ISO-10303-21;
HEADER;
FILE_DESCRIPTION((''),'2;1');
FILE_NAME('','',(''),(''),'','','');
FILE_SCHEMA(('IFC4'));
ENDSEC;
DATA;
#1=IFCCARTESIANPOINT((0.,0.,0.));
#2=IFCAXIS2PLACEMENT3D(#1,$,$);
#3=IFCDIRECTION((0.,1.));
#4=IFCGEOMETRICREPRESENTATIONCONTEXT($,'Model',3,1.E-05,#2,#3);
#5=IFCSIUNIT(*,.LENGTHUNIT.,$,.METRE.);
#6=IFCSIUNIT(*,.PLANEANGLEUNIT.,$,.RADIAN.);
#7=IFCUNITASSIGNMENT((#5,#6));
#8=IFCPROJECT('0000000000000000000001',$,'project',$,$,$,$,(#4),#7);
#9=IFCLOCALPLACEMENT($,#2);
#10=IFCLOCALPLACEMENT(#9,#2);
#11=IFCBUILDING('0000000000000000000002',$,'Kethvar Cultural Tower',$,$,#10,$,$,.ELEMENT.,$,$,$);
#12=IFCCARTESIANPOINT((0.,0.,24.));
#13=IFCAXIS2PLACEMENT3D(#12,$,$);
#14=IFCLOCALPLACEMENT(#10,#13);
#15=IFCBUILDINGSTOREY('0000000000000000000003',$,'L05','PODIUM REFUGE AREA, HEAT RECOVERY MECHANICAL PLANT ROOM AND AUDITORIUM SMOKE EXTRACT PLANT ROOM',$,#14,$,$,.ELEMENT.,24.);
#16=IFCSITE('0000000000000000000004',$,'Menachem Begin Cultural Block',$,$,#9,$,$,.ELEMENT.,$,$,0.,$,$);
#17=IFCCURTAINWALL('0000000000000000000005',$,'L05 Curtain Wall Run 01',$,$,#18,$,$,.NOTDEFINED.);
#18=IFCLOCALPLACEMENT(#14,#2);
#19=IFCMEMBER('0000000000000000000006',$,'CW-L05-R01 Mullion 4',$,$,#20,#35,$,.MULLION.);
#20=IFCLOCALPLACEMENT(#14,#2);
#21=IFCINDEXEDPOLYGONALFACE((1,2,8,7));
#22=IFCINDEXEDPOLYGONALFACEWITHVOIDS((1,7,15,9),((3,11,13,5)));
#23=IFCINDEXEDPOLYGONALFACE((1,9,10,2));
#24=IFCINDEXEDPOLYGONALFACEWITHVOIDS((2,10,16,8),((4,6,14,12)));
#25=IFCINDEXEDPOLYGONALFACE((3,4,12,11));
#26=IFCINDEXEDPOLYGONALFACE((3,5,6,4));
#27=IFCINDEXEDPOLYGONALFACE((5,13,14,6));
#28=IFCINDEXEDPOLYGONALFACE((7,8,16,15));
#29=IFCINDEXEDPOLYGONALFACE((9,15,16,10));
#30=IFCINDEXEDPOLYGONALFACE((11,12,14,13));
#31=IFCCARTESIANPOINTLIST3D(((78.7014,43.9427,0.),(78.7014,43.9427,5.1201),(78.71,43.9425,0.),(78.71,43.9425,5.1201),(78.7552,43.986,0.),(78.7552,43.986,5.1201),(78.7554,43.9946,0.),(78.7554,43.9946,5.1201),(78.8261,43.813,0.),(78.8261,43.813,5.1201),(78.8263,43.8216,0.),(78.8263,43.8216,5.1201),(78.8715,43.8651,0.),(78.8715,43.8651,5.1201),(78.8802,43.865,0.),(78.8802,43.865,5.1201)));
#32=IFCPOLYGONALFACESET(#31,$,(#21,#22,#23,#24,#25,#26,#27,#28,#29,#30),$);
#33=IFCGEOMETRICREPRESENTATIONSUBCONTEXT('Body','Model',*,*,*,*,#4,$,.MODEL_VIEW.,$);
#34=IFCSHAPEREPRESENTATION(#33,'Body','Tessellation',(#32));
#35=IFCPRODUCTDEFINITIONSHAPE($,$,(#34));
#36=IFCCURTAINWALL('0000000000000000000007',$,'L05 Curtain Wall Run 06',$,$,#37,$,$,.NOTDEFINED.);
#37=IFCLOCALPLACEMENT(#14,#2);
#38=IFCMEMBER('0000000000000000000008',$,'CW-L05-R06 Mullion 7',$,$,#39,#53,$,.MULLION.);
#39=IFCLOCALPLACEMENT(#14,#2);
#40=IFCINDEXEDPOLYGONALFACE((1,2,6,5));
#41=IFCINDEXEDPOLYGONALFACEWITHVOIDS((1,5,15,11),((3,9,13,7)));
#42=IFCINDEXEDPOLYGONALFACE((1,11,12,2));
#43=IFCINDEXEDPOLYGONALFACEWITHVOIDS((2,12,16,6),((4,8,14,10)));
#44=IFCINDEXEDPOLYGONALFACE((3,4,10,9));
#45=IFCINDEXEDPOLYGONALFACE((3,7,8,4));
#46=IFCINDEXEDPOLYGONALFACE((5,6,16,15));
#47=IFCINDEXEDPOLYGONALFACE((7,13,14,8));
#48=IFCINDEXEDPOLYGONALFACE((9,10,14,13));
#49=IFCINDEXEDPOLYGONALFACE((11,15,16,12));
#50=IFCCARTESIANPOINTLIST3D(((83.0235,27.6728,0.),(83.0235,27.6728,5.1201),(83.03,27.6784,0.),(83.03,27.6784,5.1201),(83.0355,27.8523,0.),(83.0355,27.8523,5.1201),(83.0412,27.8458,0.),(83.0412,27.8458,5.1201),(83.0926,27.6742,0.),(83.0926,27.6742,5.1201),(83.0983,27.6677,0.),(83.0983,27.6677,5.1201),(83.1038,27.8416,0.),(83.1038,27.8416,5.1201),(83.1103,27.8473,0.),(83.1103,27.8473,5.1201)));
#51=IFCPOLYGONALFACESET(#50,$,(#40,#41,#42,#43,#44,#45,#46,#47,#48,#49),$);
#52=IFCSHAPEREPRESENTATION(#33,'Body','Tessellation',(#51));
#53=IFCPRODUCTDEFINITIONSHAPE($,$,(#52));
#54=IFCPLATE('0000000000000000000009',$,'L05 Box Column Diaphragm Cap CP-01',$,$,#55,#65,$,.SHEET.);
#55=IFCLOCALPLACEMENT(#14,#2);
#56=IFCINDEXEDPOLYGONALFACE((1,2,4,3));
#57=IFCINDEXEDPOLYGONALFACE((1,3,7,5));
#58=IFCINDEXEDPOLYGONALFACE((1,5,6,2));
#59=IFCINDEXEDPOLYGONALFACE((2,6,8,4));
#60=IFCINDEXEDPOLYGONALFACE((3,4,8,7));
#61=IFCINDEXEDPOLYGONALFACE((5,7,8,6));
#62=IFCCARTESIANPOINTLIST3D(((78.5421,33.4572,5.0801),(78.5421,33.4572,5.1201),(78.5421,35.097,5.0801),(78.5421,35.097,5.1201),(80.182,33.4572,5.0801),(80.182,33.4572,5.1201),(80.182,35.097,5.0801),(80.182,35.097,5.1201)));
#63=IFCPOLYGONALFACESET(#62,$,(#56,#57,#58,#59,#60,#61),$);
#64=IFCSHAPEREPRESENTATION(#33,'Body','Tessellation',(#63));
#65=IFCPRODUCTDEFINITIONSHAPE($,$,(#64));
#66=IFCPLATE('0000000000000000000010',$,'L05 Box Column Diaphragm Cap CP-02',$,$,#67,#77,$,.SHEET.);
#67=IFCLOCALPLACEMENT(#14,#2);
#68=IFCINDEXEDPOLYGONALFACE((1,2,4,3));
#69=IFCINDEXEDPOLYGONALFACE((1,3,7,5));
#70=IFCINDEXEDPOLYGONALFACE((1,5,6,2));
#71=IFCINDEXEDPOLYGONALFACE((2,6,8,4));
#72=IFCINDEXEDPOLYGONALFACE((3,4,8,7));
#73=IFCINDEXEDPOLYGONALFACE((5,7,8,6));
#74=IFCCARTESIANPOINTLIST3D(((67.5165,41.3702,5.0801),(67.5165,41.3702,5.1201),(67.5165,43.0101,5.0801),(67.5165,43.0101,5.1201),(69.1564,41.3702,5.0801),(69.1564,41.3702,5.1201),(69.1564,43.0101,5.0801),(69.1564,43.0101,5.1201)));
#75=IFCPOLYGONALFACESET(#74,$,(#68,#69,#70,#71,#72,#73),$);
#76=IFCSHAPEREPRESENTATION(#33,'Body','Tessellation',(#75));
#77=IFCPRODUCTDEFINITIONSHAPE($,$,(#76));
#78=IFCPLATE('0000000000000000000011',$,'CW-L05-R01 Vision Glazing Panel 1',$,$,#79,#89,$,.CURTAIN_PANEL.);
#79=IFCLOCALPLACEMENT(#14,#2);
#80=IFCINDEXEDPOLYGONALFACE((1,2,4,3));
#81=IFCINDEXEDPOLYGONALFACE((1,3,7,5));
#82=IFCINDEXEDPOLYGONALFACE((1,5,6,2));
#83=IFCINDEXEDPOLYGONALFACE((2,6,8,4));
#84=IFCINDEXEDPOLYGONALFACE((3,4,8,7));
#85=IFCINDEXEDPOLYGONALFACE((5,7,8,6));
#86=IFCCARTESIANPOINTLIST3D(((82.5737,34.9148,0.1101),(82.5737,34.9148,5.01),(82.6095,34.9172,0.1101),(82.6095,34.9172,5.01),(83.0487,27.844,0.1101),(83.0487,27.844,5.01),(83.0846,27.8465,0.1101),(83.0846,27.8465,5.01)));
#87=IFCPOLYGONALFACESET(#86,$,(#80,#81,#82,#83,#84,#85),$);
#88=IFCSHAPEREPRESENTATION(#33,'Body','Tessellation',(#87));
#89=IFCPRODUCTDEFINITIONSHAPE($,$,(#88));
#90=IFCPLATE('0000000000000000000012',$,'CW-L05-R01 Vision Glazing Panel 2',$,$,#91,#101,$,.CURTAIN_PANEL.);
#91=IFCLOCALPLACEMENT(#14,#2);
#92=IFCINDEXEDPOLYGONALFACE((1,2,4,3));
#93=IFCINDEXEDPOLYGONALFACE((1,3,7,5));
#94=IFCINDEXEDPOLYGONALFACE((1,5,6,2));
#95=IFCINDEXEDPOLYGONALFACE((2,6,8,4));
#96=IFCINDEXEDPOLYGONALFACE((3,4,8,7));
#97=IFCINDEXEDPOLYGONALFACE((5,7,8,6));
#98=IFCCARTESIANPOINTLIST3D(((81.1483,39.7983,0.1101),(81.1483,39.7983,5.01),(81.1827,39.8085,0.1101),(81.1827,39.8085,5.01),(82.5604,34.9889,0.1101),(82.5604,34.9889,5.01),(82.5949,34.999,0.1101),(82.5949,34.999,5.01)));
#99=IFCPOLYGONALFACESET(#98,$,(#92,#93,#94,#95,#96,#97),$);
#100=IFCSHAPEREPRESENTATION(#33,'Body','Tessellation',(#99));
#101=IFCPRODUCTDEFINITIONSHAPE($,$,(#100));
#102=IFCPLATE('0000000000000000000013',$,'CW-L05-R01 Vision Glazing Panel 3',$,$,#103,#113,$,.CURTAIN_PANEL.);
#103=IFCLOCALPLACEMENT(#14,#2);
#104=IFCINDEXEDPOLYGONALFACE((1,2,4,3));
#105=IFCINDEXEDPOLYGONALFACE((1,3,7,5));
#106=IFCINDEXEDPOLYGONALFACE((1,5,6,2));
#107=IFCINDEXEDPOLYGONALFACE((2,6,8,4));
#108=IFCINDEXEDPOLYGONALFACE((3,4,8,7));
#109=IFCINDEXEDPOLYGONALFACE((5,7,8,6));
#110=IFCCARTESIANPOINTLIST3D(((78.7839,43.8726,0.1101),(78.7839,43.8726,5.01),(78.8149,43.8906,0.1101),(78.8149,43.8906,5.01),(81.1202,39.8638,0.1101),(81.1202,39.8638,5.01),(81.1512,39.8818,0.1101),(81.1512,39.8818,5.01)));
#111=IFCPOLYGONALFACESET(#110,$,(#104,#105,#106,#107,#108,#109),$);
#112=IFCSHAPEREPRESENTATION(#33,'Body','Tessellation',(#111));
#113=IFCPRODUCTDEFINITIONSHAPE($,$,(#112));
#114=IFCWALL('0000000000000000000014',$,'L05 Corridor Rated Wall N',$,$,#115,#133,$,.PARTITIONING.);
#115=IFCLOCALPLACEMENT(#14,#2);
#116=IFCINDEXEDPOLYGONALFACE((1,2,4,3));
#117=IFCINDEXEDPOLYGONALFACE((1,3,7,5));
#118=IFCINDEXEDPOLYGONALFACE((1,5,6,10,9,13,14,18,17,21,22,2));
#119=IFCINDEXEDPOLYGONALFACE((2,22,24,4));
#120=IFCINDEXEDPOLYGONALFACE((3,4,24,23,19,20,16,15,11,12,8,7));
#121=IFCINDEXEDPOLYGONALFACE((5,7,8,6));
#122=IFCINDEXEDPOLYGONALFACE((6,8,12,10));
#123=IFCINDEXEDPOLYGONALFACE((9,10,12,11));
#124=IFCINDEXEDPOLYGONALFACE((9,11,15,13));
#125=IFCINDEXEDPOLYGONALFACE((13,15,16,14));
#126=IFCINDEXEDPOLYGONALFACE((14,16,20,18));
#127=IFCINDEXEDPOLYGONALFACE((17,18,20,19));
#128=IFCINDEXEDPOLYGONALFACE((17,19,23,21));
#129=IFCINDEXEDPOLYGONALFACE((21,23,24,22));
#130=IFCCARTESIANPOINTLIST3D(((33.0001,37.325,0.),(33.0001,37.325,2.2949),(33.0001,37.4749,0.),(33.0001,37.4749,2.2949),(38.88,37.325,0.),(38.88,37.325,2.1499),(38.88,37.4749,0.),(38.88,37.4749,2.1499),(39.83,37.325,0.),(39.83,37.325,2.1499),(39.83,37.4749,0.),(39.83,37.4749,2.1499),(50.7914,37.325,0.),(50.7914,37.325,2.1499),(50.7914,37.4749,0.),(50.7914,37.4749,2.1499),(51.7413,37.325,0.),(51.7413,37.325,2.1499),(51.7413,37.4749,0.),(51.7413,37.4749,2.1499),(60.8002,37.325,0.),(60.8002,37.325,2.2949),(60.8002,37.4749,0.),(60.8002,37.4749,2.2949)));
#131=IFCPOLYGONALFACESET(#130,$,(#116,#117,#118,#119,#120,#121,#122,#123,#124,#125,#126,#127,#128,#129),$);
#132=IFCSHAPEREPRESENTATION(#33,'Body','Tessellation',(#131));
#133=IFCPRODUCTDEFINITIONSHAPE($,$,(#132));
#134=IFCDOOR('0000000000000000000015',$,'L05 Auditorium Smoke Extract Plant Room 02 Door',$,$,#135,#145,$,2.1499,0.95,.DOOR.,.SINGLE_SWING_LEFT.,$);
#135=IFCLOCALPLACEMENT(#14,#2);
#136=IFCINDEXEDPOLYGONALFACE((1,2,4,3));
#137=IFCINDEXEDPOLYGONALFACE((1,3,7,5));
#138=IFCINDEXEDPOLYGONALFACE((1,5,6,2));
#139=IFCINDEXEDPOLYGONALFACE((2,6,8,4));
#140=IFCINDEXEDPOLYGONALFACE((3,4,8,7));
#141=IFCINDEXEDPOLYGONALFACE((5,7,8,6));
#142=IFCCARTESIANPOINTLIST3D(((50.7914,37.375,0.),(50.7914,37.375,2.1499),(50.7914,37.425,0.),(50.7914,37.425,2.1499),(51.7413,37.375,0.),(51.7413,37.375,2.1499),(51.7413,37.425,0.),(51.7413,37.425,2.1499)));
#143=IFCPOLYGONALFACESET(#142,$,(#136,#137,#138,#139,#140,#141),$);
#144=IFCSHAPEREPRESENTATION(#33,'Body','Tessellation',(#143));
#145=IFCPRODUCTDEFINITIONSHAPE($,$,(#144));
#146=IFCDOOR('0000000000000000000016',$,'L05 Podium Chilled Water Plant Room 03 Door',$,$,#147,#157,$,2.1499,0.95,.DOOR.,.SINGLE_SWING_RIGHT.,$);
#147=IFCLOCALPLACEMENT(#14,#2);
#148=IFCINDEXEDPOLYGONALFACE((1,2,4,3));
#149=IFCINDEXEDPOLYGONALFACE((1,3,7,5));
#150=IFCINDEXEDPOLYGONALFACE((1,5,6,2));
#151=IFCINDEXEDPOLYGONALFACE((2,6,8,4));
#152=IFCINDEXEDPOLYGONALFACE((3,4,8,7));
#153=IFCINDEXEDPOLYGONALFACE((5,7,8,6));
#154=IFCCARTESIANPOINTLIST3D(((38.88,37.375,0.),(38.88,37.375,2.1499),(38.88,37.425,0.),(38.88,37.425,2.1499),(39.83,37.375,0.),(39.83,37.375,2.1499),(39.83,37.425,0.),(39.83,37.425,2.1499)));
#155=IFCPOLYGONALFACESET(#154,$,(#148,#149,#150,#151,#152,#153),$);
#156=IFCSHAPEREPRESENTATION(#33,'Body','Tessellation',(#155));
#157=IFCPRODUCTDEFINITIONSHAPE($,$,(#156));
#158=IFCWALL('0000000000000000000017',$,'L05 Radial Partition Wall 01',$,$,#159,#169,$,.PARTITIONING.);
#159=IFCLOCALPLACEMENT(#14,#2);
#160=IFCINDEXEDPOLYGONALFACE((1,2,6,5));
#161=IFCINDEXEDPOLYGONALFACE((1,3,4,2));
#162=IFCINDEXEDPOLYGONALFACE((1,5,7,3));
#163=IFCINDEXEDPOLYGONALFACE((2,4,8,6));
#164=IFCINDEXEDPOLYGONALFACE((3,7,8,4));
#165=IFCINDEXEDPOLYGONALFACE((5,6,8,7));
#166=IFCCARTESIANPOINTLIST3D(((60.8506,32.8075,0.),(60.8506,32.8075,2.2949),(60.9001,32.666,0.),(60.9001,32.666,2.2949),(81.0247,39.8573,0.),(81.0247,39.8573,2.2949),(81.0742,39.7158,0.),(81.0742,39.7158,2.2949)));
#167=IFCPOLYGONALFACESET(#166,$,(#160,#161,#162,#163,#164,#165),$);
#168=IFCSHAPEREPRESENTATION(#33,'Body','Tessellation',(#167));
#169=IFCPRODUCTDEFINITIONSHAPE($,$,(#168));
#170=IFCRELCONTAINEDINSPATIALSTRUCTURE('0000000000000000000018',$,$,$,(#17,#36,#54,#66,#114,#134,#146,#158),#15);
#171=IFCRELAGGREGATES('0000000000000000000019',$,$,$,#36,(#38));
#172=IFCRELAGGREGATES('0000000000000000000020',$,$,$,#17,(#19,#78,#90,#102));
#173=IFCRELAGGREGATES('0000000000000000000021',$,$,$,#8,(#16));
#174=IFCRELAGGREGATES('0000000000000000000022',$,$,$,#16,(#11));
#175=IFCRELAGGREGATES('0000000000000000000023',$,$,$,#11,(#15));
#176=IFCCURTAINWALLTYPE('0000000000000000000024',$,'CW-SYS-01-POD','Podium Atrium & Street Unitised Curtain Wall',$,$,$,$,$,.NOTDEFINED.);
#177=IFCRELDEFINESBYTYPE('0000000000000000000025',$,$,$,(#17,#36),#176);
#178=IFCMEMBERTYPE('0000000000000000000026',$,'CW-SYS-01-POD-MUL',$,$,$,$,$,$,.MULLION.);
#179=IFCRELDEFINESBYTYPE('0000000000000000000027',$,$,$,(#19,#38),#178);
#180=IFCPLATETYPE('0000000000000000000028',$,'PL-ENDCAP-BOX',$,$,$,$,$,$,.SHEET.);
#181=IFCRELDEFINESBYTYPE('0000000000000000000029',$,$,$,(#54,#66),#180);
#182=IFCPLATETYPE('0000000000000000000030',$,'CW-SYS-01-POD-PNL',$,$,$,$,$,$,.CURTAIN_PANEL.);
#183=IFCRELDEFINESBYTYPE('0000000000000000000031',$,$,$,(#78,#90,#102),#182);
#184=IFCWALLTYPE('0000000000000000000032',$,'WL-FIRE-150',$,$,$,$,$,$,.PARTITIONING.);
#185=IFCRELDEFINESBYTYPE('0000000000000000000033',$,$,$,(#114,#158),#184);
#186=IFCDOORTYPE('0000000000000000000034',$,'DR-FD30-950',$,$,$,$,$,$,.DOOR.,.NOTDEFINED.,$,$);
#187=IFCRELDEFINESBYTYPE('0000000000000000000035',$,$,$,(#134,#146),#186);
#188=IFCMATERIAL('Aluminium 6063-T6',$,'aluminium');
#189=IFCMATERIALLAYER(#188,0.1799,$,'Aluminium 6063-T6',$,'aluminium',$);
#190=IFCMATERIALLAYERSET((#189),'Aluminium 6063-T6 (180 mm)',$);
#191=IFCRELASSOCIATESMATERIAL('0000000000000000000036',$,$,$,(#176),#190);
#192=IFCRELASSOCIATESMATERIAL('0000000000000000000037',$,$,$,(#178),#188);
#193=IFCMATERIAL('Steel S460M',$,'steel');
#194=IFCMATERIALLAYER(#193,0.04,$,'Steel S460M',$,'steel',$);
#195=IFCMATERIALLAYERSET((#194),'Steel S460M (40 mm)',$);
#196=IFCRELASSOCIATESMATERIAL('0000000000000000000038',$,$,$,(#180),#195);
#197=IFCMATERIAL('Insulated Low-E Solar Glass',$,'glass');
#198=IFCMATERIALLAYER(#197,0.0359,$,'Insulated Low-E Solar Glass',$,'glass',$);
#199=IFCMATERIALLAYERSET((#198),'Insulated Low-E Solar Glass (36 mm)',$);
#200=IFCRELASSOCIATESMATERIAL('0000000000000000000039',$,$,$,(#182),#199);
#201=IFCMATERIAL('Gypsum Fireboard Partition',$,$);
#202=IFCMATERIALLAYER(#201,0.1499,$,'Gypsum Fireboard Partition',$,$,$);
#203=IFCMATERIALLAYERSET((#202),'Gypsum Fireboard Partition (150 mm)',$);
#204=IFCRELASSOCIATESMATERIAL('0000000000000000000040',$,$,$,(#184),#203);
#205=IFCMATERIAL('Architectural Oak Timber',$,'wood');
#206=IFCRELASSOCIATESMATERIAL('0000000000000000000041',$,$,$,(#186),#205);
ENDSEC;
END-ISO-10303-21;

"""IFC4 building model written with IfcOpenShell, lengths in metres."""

from ifc_helpers import new_model, si_unit, direction, frame, frame_2d, origin, origin_2d, place, context, subcontext, project, spatial, rectangle, hollow_rectangle, extrude, source, transform, mapped, material, layer, layer_set, material_profile, profile_set, type_object, element, fill, aggregate, save


model = new_model("IFC4")

# Units and contexts
model_context = context("Model", 3, precision=1e-05, world=origin(), true_north=direction((0.0, 1.0)))
body_context = subcontext(model_context, "Body", "Model", "MODEL_VIEW")
ifc_project = project(units=[si_unit("LENGTHUNIT", "METRE"), si_unit("PLANEANGLEUNIT", "RADIAN")], contexts=[model_context])

# Site, building, storey
site_placement = place(None, origin())
site = spatial("IfcSite", under=ifc_project, at=site_placement, Name="Menachem Begin Cultural Block", CompositionType="ELEMENT", RefElevation=0.0)
building_placement = place(site_placement, origin())
building = spatial("IfcBuilding", under=site, at=building_placement, Name="Kethvar Cultural Tower", CompositionType="ELEMENT")
storey_placement = place(building_placement, frame((0.0, 0.0, 24.0)))
storey = spatial("IfcBuildingStorey", under=building, at=storey_placement, Name="L05", Description="PODIUM REFUGE AREA, HEAT RECOVERY MECHANICAL PLANT ROOM AND AUDITORIUM SMOKE EXTRACT PLANT ROOM", CompositionType="ELEMENT", Elevation=24.0)

# Shared definitions
ifc_material_1 = material(Name="Steel S460M", Category="steel")

# Curtain wall, member
ifc_material_2 = material(Name="Aluminium 6063-T6", Category="aluminium")
ifc_layer_1 = layer(ifc_material_2, 0.1799, Name="Aluminium 6063-T6", Category="aluminium")
ifc_layer_set_1 = layer_set([ifc_layer_1], Name="Aluminium 6063-T6 (180 mm)")
curtain_wall_type = type_object("IfcCurtainWallType", Name="CW-SYS-01-POD", Description="Podium Atrium & Street Unitised Curtain Wall", PredefinedType="NOTDEFINED", material=ifc_layer_set_1)
curtain_wall_1_placement = place(storey_placement, origin())
curtain_wall_1 = element("IfcCurtainWall", 1, at=curtain_wall_1_placement, inside=storey, type_object=curtain_wall_type, Name="L05 Curtain Wall Run 01", PredefinedType="NOTDEFINED")
ifc_material_profile_1 = material_profile(ifc_material_2, hollow_rectangle(XDim=0.075, YDim=0.1799, WallThickness=0.0061, at=origin_2d()), Name="Aluminium 6063-T6 — RHS180x75x6")
ifc_profile_set_1 = profile_set([ifc_material_profile_1], Name="Aluminium 6063-T6 — RHS180x75x6")
member_type_1 = type_object("IfcMemberType", Name="CW-SYS-01-POD-MUL", PredefinedType="MULLION", material=ifc_profile_set_1)
shared_shape_1 = source(origin(), body_context, "Body", "SweptSolid", [
    extrude(hollow_rectangle(XDim=0.075, YDim=0.1799, WallThickness=0.0061, at=origin_2d()), origin(), (0.0, 0.0, 1.0), 5.1201),
])
member_1_placement = place(storey_placement, frame((78.7908, 43.9038, 0.0), z_axis=(0.0, 0.0, 1.0), x_axis=(-0.720612, -0.693339, 0.0)))
member_1 = element("IfcMember", 2, at=member_1_placement, type_object=member_type_1, Name="CW-L05-R01 Mullion 4", PredefinedType="MULLION", context=body_context, shape_type="MappedRepresentation", body=[
    mapped(shared_shape_1, transform((0.0, 0.0, 0.0), scale=1.0)),
])

# Curtain wall, member
curtain_wall_2_placement = place(storey_placement, origin())
curtain_wall_2 = element("IfcCurtainWall", 3, at=curtain_wall_2_placement, inside=storey, type_object=curtain_wall_type, Name="L05 Curtain Wall Run 06", PredefinedType="NOTDEFINED")
member_2_placement = place(storey_placement, frame((83.0669, 27.76, 0.0), z_axis=(0.0, 0.0, 1.0), x_axis=(-0.99775, 0.06704, 0.0)))
member_2 = element("IfcMember", 4, at=member_2_placement, type_object=member_type_1, Name="CW-L05-R06 Mullion 7", PredefinedType="MULLION", context=body_context, shape_type="MappedRepresentation", body=[
    mapped(shared_shape_1, transform((0.0, 0.0, 0.0), scale=1.0)),
])
aggregate(curtain_wall_2, [member_2])

# Plates
ifc_layer_2 = layer(ifc_material_1, 0.04, Name="Steel S460M", Category="steel")
ifc_layer_set_2 = layer_set([ifc_layer_2], Name="Steel S460M (40 mm)")
plate_type_1 = type_object("IfcPlateType", Name="PL-ENDCAP-BOX", PredefinedType="SHEET", material=ifc_layer_set_2)
shared_shape_2 = source(origin(), body_context, "Body", "SweptSolid", [
    extrude(rectangle(XDim=1.6399, YDim=1.6399, at=origin_2d()), origin(), (0.0, 0.0, 1.0), 0.04),
])
for number, where, z_axis, x_axis, name in (
    (5, (79.3621, 34.2771, 5.0801), (0.0, 0.0, 1.0), (1.0, 0.0, 0.0), "L05 Box Column Diaphragm Cap CP-01"),
    (6, (68.3364, 42.1902, 5.0801), (0.0, 0.0, 1.0), (1.0, 0.0, 0.0), "L05 Box Column Diaphragm Cap CP-02"),
):
    element("IfcPlate", number, at=place(storey_placement, frame(where, z_axis=z_axis, x_axis=x_axis)), inside=storey, type_object=plate_type_1, Name=name, PredefinedType="SHEET", context=body_context, shape_type="MappedRepresentation", body=[
        mapped(shared_shape_2, transform((0.0, 0.0, 0.0), scale=1.0)),
    ])

# Plates
ifc_material_3 = material(Name="Insulated Low-E Solar Glass", Category="glass")
ifc_layer_3 = layer(ifc_material_3, 0.0359, Name="Insulated Low-E Solar Glass", Category="glass")
ifc_layer_set_3 = layer_set([ifc_layer_3], Name="Insulated Low-E Solar Glass (36 mm)")
plate_type_2 = type_object("IfcPlateType", Name="CW-SYS-01-POD-PNL", PredefinedType="CURTAIN_PANEL", material=ifc_layer_set_3)
shared_shape_3 = source(origin(), body_context, "Body", "SweptSolid", [
    extrude(rectangle(XDim=7.0867, YDim=0.0359, at=origin_2d()), origin(), (0.0, 0.0, 1.0), 4.8999),
])
plate_1_placement = place(storey_placement, frame((82.8291, 31.3806, 0.1101), z_axis=(0.0, 0.0, 1.0), x_axis=(-0.06704, 0.99775, 0.0)))
plate_1 = element("IfcPlate", 7, at=plate_1_placement, type_object=plate_type_2, Name="CW-L05-R01 Vision Glazing Panel 1", PredefinedType="CURTAIN_PANEL", context=body_context, shape_type="MappedRepresentation", body=[
    mapped(shared_shape_3, transform((0.0, 0.0, 0.0), scale=1.0)),
])
shared_shape_4 = source(origin(), body_context, "Body", "SweptSolid", [
    extrude(rectangle(XDim=5.0125, YDim=0.0359, at=origin_2d()), origin(), (0.0, 0.0, 1.0), 4.8999),
])
plate_2_placement = place(storey_placement, frame((81.8716, 37.3987, 0.1101), z_axis=(0.0, 0.0, 1.0), x_axis=(-0.281722, 0.959496, 0.0)))
plate_2 = element("IfcPlate", 8, at=plate_2_placement, type_object=plate_type_2, Name="CW-L05-R01 Vision Glazing Panel 2", PredefinedType="CURTAIN_PANEL", context=body_context, shape_type="MappedRepresentation", body=[
    mapped(shared_shape_4, transform((0.0, 0.0, 0.0), scale=1.0)),
])
shared_shape_5 = source(origin(), body_context, "Body", "SweptSolid", [
    extrude(rectangle(XDim=4.6399, YDim=0.0359, at=origin_2d()), origin(), (0.0, 0.0, 1.0), 4.8999),
])
plate_3_placement = place(storey_placement, frame((79.9675, 41.8772, 0.1101), z_axis=(0.0, 0.0, 1.0), x_axis=(-0.503518, 0.863985, 0.0)))
plate_3 = element("IfcPlate", 9, at=plate_3_placement, type_object=plate_type_2, Name="CW-L05-R01 Vision Glazing Panel 3", PredefinedType="CURTAIN_PANEL", context=body_context, shape_type="MappedRepresentation", body=[
    mapped(shared_shape_5, transform((0.0, 0.0, 0.0), scale=1.0)),
])
aggregate(curtain_wall_1, [member_1, plate_1, plate_2, plate_3])

# Wall, openings, doors
ifc_material_4 = material(Name="Gypsum Fireboard Partition")
ifc_layer_4 = layer(ifc_material_4, 0.1499, Name="Gypsum Fireboard Partition")
ifc_layer_set_4 = layer_set([ifc_layer_4], Name="Gypsum Fireboard Partition (150 mm)")
wall_type_1 = type_object("IfcWallType", Name="WL-FIRE-150", PredefinedType="PARTITIONING", material=ifc_layer_set_4)
wall_1_placement = place(storey_placement, frame((60.8, 37.3999, 0.0), z_axis=(0.0, 0.0, 1.0), x_axis=(-1.0, 0.0, 0.0)))
wall_1 = element("IfcWall", 10, at=wall_1_placement, inside=storey, type_object=wall_type_1, Name="L05 Corridor Rated Wall N", PredefinedType="PARTITIONING", context=body_context, shape_type="SweptSolid", body=[
    extrude(rectangle(XDim=27.8, YDim=0.1499, at=frame_2d((13.8999, 0.0))), origin(), (0.0, 0.0, 1.0), 2.2949),
])
opening_1_placement = place(wall_1_placement, frame((9.0586, 0.0, 0.0)))
opening_1 = element("IfcOpeningElement", 11, at=opening_1_placement, cuts=wall_1, PredefinedType="OPENING", context=body_context, shape_type="SweptSolid", body=[
    extrude(rectangle(XDim=0.95, YDim=2.1499, at=frame_2d((0.4751, 1.075))), frame((0.0, 0.085, 0.0), z_axis=(0.0, -1.0, 0.0), x_axis=(1.0, 0.0, 0.0)), (0.0, 0.0, 1.0), 0.1699),
])
opening_2_placement = place(wall_1_placement, frame((20.97, 0.0, 0.0)))
opening_2 = element("IfcOpeningElement", 12, at=opening_2_placement, cuts=wall_1, PredefinedType="OPENING", context=body_context, shape_type="SweptSolid", body=[
    extrude(rectangle(XDim=0.95, YDim=2.1499, at=frame_2d((0.4751, 1.075))), frame((0.0, 0.085, 0.0), z_axis=(0.0, -1.0, 0.0), x_axis=(1.0, 0.0, 0.0)), (0.0, 0.0, 1.0), 0.1699),
])
ifc_material_5 = material(Name="Architectural Oak Timber", Category="wood")
door_type = type_object("IfcDoorType", Name="DR-FD30-950", OperationType="NOTDEFINED", PredefinedType="DOOR", material=ifc_material_5)
shared_shape_6 = source(origin(), body_context, "Body", "SweptSolid", [
    extrude(rectangle(XDim=0.95, YDim=2.1499, at=frame_2d((0.4751, 1.075))), frame((0.0, 0.0249, 0.0), z_axis=(0.0, -1.0, 0.0), x_axis=(1.0, 0.0, 0.0)), (0.0, 0.0, 1.0), 0.05),
])
door_1_placement = place(opening_1_placement, origin())
door_1 = element("IfcDoor", 13, at=door_1_placement, inside=storey, type_object=door_type, Name="L05 Auditorium Smoke Extract Plant Room 02 Door", OperationType="SINGLE_SWING_LEFT", OverallHeight=2.1499, OverallWidth=0.95, PredefinedType="DOOR", context=body_context, shape_type="MappedRepresentation", body=[
    mapped(shared_shape_6, transform((0.0, 0.0, 0.0), scale=1.0)),
])
fill(opening_1, door_1)
door_2_placement = place(opening_2_placement, origin())
door_2 = element("IfcDoor", 14, at=door_2_placement, inside=storey, type_object=door_type, Name="L05 Podium Chilled Water Plant Room 03 Door", OperationType="SINGLE_SWING_RIGHT", OverallHeight=2.1499, OverallWidth=0.95, PredefinedType="DOOR", context=body_context, shape_type="MappedRepresentation", body=[
    mapped(shared_shape_6, transform((0.0, 0.0, 0.0), scale=1.0)),
])
fill(opening_2, door_2)

# Wall
wall_2_placement = place(storey_placement, frame((60.8755, 32.7368, 0.0), z_axis=(0.0, 0.0, 1.0), x_axis=(0.94402, 0.329887, 0.0)))
element("IfcWall", 15, at=wall_2_placement, inside=storey, type_object=wall_type_1, Name="L05 Radial Partition Wall 01", PredefinedType="PARTITIONING", context=body_context, shape_type="SweptSolid", body=[
    extrude(rectangle(XDim=21.3704, YDim=0.1499, at=frame_2d((10.6851, 0.0))), origin(), (0.0, 0.0, 1.0), 2.2949),
])

save(model, "model.ifc")
